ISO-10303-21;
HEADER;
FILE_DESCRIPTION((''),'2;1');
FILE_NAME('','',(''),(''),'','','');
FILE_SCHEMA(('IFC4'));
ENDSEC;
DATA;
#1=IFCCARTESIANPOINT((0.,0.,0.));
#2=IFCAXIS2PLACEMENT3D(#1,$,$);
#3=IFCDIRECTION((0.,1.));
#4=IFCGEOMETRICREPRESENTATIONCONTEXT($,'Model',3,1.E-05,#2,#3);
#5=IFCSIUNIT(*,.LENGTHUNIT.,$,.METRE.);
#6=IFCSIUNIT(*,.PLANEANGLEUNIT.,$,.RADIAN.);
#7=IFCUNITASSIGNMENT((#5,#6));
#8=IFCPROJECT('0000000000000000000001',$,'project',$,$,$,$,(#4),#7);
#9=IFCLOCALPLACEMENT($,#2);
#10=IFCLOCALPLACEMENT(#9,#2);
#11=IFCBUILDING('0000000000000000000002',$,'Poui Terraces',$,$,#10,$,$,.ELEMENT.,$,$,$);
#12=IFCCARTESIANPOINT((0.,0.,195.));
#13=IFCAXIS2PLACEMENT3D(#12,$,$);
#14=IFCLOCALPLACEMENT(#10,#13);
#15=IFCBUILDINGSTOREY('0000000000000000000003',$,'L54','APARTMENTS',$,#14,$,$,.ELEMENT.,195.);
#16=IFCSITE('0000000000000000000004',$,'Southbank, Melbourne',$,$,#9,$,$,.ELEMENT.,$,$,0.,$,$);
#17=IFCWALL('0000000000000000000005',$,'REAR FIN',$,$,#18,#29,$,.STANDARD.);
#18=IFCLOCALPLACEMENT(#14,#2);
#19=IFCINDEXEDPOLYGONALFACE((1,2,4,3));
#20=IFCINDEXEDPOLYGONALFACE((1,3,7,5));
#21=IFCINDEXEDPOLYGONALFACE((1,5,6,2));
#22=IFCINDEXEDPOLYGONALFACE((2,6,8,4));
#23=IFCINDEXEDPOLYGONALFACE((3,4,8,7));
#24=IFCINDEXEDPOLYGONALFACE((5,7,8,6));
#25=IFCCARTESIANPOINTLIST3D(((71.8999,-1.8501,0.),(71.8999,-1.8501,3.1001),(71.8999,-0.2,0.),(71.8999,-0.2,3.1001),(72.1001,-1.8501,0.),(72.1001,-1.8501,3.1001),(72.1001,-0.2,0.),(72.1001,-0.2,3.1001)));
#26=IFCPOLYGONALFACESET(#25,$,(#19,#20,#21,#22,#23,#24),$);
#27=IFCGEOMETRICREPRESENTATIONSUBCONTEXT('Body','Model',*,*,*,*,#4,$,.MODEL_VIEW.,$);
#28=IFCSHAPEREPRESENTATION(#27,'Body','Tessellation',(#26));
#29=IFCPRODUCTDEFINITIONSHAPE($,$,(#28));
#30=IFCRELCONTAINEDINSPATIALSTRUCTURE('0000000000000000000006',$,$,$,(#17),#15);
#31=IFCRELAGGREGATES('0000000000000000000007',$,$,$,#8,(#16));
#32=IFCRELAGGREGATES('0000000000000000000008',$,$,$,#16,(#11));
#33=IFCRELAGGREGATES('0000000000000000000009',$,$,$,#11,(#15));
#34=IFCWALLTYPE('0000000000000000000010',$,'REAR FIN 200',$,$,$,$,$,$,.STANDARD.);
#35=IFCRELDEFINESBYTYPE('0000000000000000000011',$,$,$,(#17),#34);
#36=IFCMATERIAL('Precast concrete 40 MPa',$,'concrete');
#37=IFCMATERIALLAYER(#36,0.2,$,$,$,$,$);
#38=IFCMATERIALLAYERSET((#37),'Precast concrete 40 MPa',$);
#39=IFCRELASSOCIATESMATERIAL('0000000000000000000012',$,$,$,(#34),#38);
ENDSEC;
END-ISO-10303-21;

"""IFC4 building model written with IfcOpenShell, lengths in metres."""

from ifc_helpers import new_model, si_unit, direction, frame, origin, place, context, subcontext, project, spatial, polyline, outline, extrude, source, transform, mapped, material, layer, layer_set, type_object, element, save


model = new_model("IFC4")

# Units and contexts
model_context = context("Model", 3, precision=1e-05, world=origin(), true_north=direction((0.0, 1.0)))
body_context = subcontext(model_context, "Body", "Model", "MODEL_VIEW")
ifc_project = project(units=[si_unit("LENGTHUNIT", "METRE"), si_unit("PLANEANGLEUNIT", "RADIAN")], contexts=[model_context])

# Site, building, storey
site_placement = place(None, origin())
site = spatial("IfcSite", under=ifc_project, at=site_placement, Name="Southbank, Melbourne", CompositionType="ELEMENT", RefElevation=0.0)
building_placement = place(site_placement, origin())
building = spatial("IfcBuilding", under=site, at=building_placement, Name="Poui Terraces", CompositionType="ELEMENT")
storey_placement = place(building_placement, frame((0.0, 0.0, 195.0)))
storey = spatial("IfcBuildingStorey", under=building, at=storey_placement, Name="L54", Description="APARTMENTS", CompositionType="ELEMENT", Elevation=195.0)

# Shared definitions
ifc_material_1 = material(Name="Precast concrete 40 MPa", Category="concrete")

# Wall
ifc_layer_1 = layer(ifc_material_1, 0.2)
ifc_layer_set_1 = layer_set([ifc_layer_1], Name="Precast concrete 40 MPa")
wall_type_1 = type_object("IfcWallType", Name="REAR FIN 200", PredefinedType="STANDARD", material=ifc_layer_set_1)
shared_shape_1 = source(origin(), body_context, "Body", "SweptSolid", [
    extrude(outline(polyline([(0.0, 0.0), (0.2002, 0.0), (0.2002, 1.6501), (0.0, 1.6501), (0.0, 0.0)])), origin(), (0.0, 0.0, 1.0), 3.1001),
])
for number, where, name in (
    (1, (71.8999, -1.8501, 0.0), "REAR FIN"),
):
    element("IfcWall", number, at=place(storey_placement, frame(where)), inside=storey, type_object=wall_type_1, Name=name, PredefinedType="STANDARD", context=body_context, shape_type="MappedRepresentation", body=[
        mapped(shared_shape_1, transform((0.0, 0.0, 0.0))),
    ])

save(model, "model.ifc")
